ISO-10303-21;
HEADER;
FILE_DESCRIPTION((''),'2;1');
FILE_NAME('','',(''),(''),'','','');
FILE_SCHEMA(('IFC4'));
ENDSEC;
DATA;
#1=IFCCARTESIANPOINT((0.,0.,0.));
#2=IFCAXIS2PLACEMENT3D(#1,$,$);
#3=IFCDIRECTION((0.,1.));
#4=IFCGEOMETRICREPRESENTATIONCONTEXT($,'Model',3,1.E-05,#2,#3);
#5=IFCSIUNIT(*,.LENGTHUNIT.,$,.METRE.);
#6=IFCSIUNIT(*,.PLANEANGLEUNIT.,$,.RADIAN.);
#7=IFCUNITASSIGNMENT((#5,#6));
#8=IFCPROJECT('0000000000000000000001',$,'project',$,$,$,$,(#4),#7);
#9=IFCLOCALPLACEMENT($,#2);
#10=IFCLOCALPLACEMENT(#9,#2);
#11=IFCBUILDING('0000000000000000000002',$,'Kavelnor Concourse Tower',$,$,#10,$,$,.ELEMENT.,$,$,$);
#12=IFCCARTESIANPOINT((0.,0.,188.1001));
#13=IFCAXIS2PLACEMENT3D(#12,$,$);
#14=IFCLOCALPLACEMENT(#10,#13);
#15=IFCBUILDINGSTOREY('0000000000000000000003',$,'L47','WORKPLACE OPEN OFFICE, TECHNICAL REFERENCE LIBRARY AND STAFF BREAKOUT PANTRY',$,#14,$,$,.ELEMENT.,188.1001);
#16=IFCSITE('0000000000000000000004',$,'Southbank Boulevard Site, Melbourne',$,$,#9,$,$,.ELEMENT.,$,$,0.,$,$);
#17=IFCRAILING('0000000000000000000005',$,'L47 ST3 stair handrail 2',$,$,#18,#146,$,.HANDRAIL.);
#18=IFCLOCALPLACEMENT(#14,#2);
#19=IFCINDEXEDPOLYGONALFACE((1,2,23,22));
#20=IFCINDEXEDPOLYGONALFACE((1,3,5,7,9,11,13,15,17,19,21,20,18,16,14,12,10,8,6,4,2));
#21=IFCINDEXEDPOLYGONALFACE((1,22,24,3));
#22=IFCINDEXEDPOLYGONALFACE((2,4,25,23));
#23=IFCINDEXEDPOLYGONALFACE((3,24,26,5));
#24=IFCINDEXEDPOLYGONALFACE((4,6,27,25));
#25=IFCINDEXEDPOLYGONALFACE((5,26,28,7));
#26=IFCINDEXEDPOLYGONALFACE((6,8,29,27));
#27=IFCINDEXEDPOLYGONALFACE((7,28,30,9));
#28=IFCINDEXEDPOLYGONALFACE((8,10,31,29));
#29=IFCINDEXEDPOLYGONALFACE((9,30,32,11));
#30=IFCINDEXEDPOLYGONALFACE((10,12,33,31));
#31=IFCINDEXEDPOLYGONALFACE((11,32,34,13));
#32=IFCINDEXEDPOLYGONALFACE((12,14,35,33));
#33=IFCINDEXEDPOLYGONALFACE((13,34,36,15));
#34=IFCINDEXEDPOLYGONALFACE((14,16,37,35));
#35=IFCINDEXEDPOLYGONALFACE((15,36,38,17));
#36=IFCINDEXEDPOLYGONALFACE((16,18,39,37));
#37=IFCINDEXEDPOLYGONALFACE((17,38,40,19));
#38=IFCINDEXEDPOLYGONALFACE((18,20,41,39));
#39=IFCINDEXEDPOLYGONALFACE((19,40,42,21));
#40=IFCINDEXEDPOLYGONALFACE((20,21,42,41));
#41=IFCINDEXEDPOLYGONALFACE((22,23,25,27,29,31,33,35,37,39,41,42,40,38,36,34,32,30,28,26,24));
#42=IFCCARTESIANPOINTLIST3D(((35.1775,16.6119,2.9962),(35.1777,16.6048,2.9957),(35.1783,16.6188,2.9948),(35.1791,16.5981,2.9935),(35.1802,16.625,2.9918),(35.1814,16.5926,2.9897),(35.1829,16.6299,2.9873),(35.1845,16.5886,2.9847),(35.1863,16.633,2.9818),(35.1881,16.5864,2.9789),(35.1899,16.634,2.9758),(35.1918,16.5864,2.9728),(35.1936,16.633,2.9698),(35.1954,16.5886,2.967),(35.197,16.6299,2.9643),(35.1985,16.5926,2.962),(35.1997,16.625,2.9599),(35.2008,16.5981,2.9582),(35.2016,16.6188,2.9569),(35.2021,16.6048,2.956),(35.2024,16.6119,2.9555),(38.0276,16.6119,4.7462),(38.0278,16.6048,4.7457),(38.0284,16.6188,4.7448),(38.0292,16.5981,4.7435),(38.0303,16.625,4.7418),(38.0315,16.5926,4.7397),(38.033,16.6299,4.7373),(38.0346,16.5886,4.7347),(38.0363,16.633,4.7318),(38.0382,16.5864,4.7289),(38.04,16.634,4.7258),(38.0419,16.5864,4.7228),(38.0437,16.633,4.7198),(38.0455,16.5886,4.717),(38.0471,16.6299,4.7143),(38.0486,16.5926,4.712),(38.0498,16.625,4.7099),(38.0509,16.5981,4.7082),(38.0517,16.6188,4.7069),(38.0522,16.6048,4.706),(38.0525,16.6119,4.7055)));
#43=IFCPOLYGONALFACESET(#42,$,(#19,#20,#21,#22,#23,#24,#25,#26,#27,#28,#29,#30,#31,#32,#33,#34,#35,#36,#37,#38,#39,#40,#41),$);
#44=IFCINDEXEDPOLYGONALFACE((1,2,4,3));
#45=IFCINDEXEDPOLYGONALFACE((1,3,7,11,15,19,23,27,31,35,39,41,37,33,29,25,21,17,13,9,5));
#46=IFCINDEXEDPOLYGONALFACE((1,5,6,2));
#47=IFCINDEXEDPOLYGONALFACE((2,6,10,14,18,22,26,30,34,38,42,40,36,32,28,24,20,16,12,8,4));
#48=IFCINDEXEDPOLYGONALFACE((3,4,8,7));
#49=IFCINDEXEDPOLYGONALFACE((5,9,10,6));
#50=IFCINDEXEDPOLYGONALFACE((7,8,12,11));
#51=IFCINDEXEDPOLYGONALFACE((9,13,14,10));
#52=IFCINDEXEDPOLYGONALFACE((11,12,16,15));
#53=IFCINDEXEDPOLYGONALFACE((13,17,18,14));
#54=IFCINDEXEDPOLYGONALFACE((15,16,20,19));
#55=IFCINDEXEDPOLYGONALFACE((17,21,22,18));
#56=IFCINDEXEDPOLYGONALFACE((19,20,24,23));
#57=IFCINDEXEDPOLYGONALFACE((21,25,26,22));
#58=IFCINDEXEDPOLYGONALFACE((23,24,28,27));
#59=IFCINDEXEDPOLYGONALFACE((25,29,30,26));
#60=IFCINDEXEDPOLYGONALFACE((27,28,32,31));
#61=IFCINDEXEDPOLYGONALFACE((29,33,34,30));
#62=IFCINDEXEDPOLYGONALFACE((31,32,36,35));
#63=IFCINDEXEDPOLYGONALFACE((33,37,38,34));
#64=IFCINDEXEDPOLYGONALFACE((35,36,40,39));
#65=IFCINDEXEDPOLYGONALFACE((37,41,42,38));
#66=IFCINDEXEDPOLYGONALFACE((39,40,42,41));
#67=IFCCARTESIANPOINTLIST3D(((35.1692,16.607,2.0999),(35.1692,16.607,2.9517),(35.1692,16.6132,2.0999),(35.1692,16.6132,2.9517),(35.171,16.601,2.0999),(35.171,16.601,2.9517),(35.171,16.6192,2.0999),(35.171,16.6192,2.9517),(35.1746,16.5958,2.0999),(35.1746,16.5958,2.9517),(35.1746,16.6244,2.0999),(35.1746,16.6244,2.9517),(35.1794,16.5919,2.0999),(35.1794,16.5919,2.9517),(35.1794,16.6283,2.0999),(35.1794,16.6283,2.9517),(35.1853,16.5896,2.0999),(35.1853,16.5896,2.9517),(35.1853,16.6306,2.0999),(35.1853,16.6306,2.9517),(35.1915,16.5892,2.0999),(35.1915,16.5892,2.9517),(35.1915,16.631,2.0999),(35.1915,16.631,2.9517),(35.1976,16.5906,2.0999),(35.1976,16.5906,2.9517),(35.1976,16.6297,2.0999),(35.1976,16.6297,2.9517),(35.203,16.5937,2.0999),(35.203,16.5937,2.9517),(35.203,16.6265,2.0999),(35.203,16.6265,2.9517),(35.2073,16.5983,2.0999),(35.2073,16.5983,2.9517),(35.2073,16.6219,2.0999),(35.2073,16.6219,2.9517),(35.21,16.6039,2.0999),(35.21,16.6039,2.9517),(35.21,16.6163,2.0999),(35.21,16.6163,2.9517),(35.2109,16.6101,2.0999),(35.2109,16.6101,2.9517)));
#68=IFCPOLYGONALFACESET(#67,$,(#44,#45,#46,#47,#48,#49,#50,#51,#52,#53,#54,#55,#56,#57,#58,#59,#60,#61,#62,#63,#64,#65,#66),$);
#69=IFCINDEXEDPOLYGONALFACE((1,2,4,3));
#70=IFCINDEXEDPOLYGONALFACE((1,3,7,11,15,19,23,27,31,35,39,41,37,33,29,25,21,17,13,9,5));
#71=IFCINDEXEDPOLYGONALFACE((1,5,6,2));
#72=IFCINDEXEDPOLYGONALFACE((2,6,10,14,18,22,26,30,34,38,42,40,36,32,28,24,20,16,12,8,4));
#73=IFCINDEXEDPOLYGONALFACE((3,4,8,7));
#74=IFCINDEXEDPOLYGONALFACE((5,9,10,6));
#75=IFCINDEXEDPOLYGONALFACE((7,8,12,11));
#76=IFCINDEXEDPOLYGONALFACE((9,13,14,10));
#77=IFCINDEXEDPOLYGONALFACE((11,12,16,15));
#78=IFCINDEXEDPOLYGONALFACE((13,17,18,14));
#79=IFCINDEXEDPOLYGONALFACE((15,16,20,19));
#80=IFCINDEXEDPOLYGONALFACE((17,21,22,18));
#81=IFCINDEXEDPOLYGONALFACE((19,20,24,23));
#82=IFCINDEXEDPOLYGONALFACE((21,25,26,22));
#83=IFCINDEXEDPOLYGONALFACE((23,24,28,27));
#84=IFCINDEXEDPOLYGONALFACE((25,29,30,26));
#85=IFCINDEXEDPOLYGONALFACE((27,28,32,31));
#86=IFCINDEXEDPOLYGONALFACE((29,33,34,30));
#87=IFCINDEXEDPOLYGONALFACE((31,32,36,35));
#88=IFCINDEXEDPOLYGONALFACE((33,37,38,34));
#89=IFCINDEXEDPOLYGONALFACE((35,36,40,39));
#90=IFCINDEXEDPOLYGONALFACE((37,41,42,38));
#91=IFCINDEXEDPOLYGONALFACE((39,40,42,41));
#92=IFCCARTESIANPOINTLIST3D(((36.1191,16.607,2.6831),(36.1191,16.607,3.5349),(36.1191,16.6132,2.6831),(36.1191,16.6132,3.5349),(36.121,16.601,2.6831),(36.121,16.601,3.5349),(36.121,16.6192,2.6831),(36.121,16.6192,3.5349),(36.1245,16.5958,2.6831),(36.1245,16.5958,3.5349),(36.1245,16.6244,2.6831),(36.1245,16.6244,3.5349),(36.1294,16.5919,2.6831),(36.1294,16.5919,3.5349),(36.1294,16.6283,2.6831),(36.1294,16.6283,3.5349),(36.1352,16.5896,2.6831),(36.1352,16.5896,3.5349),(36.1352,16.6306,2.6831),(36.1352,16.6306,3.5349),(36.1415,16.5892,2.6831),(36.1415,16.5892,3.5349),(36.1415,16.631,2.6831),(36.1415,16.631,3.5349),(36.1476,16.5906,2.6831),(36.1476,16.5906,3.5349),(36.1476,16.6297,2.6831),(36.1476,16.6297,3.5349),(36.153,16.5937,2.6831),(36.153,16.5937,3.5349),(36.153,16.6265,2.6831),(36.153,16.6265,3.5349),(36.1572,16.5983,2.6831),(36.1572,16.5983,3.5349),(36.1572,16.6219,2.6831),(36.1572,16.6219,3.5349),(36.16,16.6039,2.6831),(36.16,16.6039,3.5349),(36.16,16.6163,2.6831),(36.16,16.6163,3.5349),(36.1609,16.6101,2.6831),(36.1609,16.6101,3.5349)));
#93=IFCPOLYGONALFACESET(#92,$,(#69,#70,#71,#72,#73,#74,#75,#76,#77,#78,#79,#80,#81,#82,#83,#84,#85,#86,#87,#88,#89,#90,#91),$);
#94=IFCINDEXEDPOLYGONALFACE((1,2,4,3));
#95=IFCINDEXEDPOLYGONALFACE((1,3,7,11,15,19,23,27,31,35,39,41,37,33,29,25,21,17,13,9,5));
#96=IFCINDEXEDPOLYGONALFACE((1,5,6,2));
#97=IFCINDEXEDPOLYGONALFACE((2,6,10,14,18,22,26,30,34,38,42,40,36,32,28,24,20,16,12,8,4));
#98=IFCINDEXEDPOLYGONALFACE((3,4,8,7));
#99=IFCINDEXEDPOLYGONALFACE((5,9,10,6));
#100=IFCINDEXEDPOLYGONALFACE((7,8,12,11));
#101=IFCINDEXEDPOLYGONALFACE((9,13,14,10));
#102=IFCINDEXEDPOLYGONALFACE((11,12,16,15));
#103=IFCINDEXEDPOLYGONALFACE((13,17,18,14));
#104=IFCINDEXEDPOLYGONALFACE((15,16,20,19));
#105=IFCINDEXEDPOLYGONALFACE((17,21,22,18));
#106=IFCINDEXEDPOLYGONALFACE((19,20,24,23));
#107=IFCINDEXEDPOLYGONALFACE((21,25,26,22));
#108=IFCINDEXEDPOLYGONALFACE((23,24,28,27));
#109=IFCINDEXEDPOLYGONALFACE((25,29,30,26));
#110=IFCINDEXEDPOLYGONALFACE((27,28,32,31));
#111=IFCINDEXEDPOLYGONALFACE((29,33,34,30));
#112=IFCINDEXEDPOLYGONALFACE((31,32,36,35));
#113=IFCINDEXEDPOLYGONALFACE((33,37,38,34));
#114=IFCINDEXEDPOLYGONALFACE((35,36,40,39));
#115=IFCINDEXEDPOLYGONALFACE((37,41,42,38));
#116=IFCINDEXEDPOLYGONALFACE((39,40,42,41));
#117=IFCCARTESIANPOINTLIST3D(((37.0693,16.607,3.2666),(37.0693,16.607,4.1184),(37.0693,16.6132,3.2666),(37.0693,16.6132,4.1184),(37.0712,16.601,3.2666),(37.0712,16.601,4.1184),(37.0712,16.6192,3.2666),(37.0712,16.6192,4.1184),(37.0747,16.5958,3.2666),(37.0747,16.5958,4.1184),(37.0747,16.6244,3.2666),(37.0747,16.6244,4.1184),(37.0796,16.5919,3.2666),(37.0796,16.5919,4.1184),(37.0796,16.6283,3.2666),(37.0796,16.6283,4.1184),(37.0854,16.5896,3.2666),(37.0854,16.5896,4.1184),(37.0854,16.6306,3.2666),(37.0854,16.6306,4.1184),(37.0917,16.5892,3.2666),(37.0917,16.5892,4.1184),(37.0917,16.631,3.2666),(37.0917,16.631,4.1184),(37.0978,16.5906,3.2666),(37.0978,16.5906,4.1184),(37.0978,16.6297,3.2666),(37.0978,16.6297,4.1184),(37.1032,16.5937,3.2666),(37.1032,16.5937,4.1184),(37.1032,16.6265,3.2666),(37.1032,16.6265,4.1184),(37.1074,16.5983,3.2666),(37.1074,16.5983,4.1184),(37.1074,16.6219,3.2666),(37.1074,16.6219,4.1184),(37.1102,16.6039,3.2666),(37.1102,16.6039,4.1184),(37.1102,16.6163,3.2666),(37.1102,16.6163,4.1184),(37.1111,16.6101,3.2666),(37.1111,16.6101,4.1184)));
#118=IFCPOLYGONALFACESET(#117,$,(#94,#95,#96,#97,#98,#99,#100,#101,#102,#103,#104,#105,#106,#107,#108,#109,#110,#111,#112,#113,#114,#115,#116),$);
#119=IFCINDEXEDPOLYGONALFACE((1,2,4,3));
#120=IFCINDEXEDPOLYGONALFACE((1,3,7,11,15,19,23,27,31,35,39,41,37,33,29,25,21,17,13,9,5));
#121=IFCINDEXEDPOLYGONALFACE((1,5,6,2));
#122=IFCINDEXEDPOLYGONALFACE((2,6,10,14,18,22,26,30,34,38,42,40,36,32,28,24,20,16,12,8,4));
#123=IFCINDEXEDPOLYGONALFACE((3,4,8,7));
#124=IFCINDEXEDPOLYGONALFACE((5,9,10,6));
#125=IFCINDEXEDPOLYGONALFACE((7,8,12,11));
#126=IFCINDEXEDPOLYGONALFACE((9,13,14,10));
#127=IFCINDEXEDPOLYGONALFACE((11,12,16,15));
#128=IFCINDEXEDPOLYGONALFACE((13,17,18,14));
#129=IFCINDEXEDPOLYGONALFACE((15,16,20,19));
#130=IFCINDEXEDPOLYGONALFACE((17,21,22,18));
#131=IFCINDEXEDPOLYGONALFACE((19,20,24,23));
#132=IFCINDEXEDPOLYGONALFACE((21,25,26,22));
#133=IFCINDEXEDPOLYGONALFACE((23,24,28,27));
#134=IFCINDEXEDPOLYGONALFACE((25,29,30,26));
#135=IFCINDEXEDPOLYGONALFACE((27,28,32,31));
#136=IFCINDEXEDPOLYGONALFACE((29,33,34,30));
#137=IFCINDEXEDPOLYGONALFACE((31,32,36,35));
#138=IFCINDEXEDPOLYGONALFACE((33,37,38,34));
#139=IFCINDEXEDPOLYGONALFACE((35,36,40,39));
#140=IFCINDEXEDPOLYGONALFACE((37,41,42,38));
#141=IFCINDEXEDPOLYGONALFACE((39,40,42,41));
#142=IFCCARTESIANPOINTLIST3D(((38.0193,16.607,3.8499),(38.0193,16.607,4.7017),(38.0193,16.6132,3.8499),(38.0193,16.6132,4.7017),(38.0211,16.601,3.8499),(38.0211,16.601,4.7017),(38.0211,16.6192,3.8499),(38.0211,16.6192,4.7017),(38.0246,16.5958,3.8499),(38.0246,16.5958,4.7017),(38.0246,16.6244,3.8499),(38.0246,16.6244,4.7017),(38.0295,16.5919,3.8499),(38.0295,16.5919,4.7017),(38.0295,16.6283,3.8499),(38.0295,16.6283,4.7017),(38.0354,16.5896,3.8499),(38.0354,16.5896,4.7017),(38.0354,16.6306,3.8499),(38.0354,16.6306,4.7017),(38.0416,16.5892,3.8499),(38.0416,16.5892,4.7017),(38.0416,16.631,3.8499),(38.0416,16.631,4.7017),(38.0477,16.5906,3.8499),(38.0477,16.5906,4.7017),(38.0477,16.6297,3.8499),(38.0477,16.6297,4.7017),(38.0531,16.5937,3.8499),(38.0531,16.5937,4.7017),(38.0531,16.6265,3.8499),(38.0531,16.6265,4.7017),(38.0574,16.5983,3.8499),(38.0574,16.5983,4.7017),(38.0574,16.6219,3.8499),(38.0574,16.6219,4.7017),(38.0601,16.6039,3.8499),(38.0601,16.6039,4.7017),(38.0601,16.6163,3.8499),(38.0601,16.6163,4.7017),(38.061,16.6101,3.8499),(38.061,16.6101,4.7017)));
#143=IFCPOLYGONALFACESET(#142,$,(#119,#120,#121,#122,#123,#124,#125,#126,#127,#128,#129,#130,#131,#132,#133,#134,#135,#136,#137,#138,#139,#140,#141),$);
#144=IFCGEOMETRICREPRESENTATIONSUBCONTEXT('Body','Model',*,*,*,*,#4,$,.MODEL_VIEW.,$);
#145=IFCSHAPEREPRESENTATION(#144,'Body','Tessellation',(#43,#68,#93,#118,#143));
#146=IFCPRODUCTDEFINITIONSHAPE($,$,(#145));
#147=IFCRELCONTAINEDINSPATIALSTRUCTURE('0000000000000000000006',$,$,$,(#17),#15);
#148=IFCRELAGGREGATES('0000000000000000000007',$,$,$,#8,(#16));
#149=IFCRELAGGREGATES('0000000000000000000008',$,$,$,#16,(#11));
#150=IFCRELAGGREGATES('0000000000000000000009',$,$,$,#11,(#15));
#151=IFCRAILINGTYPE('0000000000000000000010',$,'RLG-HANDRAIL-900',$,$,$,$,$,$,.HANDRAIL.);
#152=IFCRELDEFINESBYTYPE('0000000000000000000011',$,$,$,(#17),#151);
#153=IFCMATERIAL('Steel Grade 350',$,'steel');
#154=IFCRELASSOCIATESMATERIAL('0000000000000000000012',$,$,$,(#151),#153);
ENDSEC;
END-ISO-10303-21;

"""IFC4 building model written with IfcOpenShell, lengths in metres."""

from ifc_helpers import new_model, si_unit, direction, frame, origin, origin_2d, place, context, subcontext, project, spatial, circle, extrude, material, type_object, element, save


model = new_model("IFC4")

# Units and contexts
model_context = context("Model", 3, precision=1e-05, world=origin(), true_north=direction((0.0, 1.0)))
body_context = subcontext(model_context, "Body", "Model", "MODEL_VIEW")
ifc_project = project(units=[si_unit("LENGTHUNIT", "METRE"), si_unit("PLANEANGLEUNIT", "RADIAN")], contexts=[model_context])

# Site, building, storey
site_placement = place(None, origin())
site = spatial("IfcSite", under=ifc_project, at=site_placement, Name="Southbank Boulevard Site, Melbourne", CompositionType="ELEMENT", RefElevation=0.0)
building_placement = place(site_placement, origin())
building = spatial("IfcBuilding", under=site, at=building_placement, Name="Kavelnor Concourse Tower", CompositionType="ELEMENT")
storey_placement = place(building_placement, frame((0.0, 0.0, 188.1001)))
storey = spatial("IfcBuildingStorey", under=building, at=storey_placement, Name="L47", Description="WORKPLACE OPEN OFFICE, TECHNICAL REFERENCE LIBRARY AND STAFF BREAKOUT PANTRY", CompositionType="ELEMENT", Elevation=188.1001)

# Shared definitions
ifc_material_1 = material(Name="Steel Grade 350", Category="steel")

# Railing
railing_type_1 = type_object("IfcRailingType", Name="RLG-HANDRAIL-900", PredefinedType="HANDRAIL", material=ifc_material_1)
railing_1_placement = place(storey_placement, frame((35.1899, 16.6101, 2.0999)))
element("IfcRailing", 1, at=railing_1_placement, inside=storey, type_object=railing_type_1, Name="L47 ST3 stair handrail 2", PredefinedType="HANDRAIL", context=body_context, shape_type="SweptSolid", body=[
    extrude(circle(Radius=0.0239, at=origin_2d()), frame((0.0, 0.0, 0.876), z_axis=(0.852179, 0.0, 0.52325), x_axis=(0.0, 1.0, 0.0)), (0.0, 0.0, 1.0), 3.3445),
    extrude(circle(Radius=0.021, at=origin_2d()), origin(), (0.0, 0.0, 1.0), 0.8518),
    extrude(circle(Radius=0.021, at=origin_2d()), frame((0.95, 0.0, 0.5833)), (0.0, 0.0, 1.0), 0.8518),
    extrude(circle(Radius=0.021, at=origin_2d()), frame((1.9001, 0.0, 1.1667)), (0.0, 0.0, 1.0), 0.8518),
    extrude(circle(Radius=0.021, at=origin_2d()), frame((2.8501, 0.0, 1.75)), (0.0, 0.0, 1.0), 0.8518),
])

save(model, "model.ifc")
